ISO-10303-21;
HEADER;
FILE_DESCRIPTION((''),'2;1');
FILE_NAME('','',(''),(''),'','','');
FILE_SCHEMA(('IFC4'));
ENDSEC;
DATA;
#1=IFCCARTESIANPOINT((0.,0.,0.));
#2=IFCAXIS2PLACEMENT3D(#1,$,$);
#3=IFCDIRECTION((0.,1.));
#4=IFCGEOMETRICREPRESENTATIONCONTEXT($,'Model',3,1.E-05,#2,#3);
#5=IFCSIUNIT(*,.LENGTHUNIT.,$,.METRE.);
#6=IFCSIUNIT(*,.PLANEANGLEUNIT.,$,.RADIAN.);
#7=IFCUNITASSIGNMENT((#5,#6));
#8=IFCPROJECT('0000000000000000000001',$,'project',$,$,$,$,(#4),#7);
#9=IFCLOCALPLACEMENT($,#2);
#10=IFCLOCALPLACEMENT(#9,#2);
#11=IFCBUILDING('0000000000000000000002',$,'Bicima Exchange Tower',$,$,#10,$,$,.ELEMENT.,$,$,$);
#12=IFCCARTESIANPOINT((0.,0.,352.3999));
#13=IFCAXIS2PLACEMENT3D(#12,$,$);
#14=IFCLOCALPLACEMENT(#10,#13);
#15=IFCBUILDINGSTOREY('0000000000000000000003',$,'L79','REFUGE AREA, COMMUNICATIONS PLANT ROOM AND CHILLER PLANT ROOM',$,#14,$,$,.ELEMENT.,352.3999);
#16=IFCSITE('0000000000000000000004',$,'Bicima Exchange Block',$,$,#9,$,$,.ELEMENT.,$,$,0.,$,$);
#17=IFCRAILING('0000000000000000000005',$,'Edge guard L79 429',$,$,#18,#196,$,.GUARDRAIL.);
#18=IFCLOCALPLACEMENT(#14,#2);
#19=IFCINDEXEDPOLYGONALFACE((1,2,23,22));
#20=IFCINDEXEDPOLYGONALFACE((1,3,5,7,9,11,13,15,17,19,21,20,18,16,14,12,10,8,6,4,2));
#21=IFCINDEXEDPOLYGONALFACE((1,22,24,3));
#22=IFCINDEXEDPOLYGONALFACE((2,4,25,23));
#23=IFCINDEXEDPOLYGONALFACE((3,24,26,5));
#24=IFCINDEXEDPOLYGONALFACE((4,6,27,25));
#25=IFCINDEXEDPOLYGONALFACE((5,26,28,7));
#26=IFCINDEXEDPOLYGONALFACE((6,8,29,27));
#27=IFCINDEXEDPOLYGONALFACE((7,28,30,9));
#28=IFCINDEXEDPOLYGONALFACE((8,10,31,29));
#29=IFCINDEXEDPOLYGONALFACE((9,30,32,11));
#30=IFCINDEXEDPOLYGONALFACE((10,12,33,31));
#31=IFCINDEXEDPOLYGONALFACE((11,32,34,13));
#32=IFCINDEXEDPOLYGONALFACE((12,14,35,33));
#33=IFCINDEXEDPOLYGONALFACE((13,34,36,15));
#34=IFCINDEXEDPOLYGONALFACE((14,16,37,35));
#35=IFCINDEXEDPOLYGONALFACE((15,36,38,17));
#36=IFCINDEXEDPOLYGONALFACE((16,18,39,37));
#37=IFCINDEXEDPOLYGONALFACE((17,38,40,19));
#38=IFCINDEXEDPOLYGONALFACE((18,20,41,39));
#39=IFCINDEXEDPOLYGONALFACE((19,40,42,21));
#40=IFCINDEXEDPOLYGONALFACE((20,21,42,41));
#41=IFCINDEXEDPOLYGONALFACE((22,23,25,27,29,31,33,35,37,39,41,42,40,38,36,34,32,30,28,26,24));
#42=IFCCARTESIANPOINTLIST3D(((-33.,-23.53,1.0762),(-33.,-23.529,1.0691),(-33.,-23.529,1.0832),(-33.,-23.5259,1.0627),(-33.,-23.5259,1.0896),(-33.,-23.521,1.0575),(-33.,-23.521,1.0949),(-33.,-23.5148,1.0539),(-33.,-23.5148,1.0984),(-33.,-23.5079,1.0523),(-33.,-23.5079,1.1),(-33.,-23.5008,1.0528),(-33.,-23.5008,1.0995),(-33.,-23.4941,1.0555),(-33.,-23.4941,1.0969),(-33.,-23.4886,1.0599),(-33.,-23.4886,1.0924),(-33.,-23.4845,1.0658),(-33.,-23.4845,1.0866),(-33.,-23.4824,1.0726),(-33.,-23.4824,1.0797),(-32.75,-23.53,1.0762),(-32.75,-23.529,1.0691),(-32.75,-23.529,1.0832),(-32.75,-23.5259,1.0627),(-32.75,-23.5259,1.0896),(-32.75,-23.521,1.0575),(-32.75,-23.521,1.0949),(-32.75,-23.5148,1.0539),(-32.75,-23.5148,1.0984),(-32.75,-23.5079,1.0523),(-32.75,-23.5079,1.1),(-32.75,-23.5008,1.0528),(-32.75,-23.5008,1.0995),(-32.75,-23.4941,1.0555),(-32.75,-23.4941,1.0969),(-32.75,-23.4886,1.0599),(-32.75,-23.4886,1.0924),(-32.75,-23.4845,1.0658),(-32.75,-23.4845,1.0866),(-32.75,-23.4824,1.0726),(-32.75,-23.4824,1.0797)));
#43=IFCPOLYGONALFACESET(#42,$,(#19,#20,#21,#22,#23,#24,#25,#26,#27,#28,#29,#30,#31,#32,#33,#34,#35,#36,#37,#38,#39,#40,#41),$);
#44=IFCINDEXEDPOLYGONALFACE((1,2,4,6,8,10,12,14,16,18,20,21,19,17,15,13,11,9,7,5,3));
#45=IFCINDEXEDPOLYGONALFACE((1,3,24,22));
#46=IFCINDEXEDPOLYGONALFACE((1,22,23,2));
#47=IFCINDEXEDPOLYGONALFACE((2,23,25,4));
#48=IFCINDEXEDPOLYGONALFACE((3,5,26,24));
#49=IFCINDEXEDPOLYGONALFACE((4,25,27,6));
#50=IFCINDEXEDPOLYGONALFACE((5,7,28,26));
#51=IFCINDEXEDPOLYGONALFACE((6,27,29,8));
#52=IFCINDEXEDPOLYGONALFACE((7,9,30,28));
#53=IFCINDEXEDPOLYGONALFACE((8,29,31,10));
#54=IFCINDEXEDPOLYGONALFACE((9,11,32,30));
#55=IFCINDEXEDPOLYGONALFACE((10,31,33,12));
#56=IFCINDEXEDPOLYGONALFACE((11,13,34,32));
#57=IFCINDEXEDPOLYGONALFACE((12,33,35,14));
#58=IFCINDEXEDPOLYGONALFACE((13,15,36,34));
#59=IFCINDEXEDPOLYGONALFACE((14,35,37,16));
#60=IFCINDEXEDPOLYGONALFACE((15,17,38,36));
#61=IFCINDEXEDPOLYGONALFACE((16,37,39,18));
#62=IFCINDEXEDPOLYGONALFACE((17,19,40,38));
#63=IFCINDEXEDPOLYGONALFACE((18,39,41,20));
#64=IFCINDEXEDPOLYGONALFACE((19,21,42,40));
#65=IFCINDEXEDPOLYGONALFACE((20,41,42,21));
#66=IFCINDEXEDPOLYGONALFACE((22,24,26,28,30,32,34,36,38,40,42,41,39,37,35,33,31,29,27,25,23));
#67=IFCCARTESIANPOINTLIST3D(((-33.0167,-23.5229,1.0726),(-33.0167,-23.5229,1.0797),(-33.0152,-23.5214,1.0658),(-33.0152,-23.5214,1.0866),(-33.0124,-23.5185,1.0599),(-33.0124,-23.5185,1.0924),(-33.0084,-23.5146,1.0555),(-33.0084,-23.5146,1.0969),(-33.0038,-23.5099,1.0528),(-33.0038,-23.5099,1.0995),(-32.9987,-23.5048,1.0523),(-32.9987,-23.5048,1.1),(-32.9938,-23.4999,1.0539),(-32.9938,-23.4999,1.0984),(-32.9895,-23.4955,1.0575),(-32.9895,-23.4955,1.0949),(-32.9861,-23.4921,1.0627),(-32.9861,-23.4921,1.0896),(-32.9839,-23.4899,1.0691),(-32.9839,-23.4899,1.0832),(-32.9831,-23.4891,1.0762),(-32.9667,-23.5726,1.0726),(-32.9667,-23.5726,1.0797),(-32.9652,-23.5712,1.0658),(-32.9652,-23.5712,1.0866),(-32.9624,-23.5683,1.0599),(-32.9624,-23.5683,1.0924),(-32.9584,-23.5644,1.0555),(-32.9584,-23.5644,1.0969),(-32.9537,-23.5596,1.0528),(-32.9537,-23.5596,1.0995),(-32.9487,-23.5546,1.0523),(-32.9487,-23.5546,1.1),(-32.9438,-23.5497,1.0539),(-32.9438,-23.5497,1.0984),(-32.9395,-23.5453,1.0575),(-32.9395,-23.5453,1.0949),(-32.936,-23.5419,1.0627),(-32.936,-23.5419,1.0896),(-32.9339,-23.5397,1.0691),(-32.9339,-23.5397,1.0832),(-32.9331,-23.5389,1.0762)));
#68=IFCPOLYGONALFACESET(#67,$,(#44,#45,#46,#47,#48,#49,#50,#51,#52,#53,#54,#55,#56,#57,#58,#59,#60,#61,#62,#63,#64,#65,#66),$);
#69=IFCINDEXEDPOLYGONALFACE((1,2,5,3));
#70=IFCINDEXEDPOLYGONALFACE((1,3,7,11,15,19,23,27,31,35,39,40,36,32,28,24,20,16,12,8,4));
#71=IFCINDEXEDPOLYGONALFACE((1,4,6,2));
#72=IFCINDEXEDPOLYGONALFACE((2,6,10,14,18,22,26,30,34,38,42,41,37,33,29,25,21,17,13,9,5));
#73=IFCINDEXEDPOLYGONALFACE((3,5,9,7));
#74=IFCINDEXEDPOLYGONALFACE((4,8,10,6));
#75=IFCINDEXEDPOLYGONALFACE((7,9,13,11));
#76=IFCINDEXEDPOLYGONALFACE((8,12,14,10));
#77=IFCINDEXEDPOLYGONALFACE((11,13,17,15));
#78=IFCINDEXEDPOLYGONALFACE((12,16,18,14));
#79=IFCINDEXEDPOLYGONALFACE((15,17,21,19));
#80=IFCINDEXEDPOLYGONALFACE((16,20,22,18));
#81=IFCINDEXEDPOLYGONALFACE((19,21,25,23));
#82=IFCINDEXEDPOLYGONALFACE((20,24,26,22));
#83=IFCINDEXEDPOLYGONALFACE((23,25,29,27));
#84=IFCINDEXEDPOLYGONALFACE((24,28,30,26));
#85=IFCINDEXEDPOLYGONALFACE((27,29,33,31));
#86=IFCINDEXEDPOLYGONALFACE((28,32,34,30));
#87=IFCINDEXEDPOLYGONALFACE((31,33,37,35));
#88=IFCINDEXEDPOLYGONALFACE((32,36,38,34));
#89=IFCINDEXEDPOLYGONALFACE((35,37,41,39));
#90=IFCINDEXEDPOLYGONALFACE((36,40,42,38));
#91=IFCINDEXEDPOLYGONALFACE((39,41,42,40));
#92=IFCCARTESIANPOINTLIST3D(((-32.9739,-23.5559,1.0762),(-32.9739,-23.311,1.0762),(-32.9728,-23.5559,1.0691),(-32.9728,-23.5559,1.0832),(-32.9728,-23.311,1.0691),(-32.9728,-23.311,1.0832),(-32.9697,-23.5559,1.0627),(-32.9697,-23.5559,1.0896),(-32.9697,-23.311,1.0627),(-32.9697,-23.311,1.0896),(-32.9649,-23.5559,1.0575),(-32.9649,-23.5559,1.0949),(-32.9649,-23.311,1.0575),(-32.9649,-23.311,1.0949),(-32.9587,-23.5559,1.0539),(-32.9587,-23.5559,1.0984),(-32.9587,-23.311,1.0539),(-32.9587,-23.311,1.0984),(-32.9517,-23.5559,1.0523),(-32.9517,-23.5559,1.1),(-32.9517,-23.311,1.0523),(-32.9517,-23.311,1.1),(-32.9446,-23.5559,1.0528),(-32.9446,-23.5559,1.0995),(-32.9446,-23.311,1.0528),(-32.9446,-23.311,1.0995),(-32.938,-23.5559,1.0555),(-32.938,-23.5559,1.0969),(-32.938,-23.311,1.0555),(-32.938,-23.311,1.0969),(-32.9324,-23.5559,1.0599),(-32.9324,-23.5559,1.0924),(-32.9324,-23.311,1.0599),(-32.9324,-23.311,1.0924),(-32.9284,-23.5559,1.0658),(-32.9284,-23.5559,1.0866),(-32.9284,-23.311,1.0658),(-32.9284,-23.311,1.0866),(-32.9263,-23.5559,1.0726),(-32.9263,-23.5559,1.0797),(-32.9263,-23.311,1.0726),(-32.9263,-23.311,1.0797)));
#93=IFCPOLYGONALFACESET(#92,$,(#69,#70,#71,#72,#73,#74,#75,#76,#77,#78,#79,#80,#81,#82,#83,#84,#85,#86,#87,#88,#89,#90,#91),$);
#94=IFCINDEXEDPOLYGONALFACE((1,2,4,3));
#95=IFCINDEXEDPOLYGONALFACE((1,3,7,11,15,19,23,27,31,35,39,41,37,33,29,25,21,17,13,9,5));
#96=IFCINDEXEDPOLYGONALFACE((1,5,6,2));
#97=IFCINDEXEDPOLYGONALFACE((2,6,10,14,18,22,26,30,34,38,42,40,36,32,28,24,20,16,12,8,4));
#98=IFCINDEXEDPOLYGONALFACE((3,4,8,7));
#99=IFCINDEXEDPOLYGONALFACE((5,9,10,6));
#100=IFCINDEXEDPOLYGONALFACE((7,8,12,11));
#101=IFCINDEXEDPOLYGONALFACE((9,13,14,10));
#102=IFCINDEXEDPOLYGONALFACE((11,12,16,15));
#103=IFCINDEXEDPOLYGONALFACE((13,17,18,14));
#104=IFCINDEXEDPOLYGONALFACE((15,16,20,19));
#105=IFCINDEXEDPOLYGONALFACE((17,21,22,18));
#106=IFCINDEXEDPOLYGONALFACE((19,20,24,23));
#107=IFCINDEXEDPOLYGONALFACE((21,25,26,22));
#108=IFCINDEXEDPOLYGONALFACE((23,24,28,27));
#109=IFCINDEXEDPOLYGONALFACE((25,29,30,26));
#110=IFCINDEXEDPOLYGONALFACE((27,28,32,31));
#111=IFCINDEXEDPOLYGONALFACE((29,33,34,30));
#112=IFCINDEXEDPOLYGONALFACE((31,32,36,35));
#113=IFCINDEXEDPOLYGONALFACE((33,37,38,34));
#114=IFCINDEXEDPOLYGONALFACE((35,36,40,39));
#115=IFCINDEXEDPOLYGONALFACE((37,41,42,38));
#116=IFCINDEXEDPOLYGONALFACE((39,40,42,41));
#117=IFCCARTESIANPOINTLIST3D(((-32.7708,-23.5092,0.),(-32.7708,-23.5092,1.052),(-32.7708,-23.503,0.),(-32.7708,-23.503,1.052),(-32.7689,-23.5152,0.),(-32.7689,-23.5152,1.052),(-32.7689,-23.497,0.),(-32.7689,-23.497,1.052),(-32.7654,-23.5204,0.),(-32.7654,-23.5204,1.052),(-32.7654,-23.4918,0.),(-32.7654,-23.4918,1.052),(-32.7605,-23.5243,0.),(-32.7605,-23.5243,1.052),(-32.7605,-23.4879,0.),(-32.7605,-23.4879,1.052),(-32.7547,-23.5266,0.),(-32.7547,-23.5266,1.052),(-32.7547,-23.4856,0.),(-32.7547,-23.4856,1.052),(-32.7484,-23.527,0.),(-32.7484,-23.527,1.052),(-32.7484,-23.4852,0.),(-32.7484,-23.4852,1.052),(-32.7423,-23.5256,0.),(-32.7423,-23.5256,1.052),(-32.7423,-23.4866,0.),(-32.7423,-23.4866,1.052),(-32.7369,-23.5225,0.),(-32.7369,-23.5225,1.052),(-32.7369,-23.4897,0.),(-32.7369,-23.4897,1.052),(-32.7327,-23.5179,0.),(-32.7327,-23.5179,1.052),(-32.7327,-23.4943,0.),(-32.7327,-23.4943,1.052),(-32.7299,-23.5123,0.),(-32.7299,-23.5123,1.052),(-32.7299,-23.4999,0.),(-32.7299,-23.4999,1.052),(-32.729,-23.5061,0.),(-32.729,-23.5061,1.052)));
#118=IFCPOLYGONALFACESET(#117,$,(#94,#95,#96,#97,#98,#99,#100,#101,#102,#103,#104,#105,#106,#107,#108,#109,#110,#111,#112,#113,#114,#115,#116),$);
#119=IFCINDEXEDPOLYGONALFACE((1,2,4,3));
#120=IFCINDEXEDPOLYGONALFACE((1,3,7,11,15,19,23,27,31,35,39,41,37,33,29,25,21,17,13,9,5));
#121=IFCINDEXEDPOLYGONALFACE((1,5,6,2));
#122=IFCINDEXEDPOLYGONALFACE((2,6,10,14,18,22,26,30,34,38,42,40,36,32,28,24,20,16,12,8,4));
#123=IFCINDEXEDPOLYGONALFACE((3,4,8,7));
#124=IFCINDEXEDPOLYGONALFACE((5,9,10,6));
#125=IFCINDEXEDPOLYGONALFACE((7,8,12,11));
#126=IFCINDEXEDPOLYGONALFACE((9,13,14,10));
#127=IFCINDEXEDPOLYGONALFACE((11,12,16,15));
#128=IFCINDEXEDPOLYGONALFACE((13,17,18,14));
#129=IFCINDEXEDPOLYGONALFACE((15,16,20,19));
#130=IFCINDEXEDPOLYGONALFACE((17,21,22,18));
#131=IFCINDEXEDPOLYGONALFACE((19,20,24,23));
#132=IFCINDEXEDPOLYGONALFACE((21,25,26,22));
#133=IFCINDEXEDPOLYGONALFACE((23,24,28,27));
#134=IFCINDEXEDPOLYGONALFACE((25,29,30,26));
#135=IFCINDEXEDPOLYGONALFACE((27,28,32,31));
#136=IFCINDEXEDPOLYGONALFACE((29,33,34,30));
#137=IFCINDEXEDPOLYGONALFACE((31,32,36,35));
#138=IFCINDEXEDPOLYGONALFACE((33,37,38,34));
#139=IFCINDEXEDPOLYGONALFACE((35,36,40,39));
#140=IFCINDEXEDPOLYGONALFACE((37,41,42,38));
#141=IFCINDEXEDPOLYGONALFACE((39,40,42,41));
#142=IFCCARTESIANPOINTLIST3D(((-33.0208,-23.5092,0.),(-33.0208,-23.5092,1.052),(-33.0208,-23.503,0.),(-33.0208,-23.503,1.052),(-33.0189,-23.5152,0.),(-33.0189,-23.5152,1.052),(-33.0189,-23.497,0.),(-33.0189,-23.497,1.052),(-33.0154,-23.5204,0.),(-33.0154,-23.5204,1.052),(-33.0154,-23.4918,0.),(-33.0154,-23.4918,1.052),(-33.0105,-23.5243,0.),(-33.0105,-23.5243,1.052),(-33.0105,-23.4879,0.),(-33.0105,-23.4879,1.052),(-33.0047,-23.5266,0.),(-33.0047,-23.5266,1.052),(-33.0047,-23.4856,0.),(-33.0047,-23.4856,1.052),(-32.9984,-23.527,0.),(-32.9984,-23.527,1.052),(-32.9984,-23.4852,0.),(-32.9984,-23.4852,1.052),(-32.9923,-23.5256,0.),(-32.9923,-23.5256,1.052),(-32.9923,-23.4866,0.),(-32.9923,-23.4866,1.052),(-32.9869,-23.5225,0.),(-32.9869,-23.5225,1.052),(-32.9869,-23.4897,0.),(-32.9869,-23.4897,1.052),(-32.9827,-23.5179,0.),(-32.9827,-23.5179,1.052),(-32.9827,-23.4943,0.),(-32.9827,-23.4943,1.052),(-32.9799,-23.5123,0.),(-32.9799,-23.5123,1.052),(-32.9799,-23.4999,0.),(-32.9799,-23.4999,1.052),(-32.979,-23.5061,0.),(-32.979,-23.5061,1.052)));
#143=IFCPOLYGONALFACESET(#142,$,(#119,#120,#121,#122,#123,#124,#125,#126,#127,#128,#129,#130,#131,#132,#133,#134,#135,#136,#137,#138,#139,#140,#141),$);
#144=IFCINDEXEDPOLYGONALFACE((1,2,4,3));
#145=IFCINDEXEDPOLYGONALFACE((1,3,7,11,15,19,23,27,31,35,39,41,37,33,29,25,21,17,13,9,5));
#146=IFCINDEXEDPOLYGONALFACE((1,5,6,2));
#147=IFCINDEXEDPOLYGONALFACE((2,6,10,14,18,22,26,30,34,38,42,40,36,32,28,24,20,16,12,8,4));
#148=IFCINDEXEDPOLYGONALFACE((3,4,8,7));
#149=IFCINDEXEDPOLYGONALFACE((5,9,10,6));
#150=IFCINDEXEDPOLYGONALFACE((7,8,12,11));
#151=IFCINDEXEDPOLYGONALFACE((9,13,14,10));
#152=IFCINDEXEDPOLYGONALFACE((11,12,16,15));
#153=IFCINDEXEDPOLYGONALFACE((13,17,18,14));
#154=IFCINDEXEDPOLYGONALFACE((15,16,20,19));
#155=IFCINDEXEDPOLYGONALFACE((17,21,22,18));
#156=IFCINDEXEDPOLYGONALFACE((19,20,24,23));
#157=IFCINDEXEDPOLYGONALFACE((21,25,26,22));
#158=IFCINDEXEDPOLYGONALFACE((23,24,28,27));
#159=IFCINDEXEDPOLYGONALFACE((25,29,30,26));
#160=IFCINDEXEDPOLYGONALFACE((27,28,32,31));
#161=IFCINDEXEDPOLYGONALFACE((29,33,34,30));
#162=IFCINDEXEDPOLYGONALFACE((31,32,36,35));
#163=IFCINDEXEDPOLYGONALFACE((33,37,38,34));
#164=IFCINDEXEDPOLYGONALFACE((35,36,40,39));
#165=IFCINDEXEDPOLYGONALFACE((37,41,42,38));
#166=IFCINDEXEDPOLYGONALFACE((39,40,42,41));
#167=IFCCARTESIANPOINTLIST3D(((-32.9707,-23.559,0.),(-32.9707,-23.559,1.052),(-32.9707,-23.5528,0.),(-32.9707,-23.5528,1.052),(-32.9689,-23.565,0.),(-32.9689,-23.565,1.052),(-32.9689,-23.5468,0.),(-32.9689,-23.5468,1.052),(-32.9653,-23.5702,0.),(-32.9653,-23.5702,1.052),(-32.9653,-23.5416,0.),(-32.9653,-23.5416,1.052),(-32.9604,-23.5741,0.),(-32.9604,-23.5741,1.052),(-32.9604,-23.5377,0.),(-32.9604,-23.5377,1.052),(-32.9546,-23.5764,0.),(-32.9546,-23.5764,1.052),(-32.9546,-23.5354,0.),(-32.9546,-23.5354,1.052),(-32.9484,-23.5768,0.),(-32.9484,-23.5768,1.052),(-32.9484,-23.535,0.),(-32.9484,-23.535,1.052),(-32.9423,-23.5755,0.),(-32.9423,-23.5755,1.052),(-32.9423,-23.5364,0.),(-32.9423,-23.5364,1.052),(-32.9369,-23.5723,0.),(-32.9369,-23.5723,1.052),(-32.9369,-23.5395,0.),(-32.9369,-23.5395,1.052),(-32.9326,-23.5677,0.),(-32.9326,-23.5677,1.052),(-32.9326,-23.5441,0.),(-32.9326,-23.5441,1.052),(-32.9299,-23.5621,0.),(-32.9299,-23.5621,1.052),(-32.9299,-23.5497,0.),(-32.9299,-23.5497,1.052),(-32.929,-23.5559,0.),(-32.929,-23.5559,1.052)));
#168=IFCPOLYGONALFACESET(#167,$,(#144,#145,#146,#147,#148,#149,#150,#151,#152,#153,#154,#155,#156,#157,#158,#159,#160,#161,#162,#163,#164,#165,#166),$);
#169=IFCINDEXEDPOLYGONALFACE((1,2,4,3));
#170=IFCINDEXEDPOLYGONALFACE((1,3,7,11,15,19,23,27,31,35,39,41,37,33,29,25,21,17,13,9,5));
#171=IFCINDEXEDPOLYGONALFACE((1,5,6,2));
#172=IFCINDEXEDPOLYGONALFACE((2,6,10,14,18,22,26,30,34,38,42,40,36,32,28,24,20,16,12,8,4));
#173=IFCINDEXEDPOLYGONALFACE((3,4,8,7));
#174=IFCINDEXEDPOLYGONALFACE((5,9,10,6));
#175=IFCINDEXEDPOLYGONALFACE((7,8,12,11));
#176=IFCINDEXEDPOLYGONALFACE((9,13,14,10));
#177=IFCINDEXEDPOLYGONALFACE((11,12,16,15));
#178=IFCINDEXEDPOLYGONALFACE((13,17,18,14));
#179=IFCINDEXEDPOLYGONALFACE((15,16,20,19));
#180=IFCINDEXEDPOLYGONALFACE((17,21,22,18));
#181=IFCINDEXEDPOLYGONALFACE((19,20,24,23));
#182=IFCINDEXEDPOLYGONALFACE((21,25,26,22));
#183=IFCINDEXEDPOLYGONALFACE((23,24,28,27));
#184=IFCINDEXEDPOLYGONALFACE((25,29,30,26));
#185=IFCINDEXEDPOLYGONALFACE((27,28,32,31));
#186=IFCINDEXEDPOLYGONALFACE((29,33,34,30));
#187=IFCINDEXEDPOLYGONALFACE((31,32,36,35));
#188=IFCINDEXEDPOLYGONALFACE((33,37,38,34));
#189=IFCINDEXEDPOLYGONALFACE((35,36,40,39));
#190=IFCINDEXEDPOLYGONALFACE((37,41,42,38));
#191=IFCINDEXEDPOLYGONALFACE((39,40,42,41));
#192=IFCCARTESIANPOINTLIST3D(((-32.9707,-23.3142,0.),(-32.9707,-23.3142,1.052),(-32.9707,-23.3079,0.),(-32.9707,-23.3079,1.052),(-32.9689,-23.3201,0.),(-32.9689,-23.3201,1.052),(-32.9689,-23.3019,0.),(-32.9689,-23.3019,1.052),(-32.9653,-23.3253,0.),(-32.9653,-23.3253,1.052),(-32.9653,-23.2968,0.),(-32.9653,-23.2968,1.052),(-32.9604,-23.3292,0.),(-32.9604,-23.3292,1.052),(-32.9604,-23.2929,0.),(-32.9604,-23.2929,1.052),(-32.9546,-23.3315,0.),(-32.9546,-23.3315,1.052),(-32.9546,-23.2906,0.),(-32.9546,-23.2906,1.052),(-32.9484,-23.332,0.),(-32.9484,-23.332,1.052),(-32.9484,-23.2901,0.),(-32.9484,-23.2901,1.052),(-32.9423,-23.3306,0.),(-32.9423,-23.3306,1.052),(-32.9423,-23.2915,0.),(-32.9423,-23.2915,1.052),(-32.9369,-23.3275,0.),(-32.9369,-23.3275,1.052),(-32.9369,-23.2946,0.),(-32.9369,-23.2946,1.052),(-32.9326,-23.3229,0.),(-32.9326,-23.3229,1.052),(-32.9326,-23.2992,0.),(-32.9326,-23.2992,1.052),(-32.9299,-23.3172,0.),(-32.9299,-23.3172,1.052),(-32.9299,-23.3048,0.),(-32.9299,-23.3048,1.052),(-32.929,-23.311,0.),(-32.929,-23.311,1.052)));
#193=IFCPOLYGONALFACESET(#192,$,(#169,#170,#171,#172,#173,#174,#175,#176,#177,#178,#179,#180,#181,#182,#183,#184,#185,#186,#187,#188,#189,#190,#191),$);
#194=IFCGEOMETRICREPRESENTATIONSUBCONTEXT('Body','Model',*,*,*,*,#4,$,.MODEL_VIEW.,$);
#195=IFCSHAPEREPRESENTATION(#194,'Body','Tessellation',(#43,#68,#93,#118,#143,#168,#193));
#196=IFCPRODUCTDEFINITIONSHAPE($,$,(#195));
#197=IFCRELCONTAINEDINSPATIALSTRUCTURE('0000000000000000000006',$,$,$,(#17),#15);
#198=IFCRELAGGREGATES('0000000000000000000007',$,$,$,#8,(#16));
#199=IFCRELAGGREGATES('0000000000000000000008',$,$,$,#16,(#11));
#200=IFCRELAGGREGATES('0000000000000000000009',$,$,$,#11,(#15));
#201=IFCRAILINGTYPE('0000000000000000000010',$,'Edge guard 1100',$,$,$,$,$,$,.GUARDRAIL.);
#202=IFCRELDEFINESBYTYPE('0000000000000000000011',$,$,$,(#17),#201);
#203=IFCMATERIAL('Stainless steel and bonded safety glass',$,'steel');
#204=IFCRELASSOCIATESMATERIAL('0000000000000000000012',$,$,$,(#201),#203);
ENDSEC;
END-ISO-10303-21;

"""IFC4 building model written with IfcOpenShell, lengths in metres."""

from ifc_helpers import new_model, si_unit, direction, frame, origin, origin_2d, place, context, subcontext, project, spatial, circle, extrude, material, type_object, element, save


model = new_model("IFC4")

# Units and contexts
model_context = context("Model", 3, precision=1e-05, world=origin(), true_north=direction((0.0, 1.0)))
body_context = subcontext(model_context, "Body", "Model", "MODEL_VIEW")
ifc_project = project(units=[si_unit("LENGTHUNIT", "METRE"), si_unit("PLANEANGLEUNIT", "RADIAN")], contexts=[model_context])

# Site, building, storey
site_placement = place(None, origin())
site = spatial("IfcSite", under=ifc_project, at=site_placement, Name="Bicima Exchange Block", CompositionType="ELEMENT", RefElevation=0.0)
building_placement = place(site_placement, origin())
building = spatial("IfcBuilding", under=site, at=building_placement, Name="Bicima Exchange Tower", CompositionType="ELEMENT")
storey_placement = place(building_placement, frame((0.0, 0.0, 352.3999)))
storey = spatial("IfcBuildingStorey", under=building, at=storey_placement, Name="L79", Description="REFUGE AREA, COMMUNICATIONS PLANT ROOM AND CHILLER PLANT ROOM", CompositionType="ELEMENT", Elevation=352.3999)

# Railing
ifc_material_1 = material(Name="Stainless steel and bonded safety glass", Category="steel")
railing_type = type_object("IfcRailingType", Name="Edge guard 1100", PredefinedType="GUARDRAIL", material=ifc_material_1)
railing_1_placement = place(storey_placement, frame((-32.75, -23.5061, 0.0)))
element("IfcRailing", 1, at=railing_1_placement, inside=storey, type_object=railing_type, Name="Edge guard L79 429", PredefinedType="GUARDRAIL", context=body_context, shape_type="SweptSolid", body=[
    extrude(circle(Radius=0.0239, at=origin_2d()), frame((0.0, 0.0, 1.0762), z_axis=(-1.0, 0.0, 0.0), x_axis=(0.0, -1.0, 0.0)), (0.0, 0.0, 1.0), 0.25),
    extrude(circle(Radius=0.0239, at=origin_2d()), frame((-0.25, 0.0, 1.0762), z_axis=(0.708834, -0.705376, 0.0), x_axis=(0.705376, 0.708834, 0.0)), (0.0, 0.0, 1.0), 0.0706),
    extrude(circle(Radius=0.0239, at=origin_2d()), frame((-0.2, -0.0498, 1.0762), z_axis=(0.0, 1.0, 0.0), x_axis=(-1.0, 0.0, 0.0)), (0.0, 0.0, 1.0), 0.2449),
    extrude(circle(Radius=0.021, at=origin_2d()), origin(), (0.0, 0.0, 1.0), 1.052),
    extrude(circle(Radius=0.021, at=origin_2d()), frame((-0.25, 0.0, 0.0)), (0.0, 0.0, 1.0), 1.052),
    extrude(circle(Radius=0.021, at=origin_2d()), frame((-0.2, -0.0498, 0.0)), (0.0, 0.0, 1.0), 1.052),
    extrude(circle(Radius=0.021, at=origin_2d()), frame((-0.2, 0.1951, 0.0)), (0.0, 0.0, 1.0), 1.052),
])

save(model, "model.ifc")
